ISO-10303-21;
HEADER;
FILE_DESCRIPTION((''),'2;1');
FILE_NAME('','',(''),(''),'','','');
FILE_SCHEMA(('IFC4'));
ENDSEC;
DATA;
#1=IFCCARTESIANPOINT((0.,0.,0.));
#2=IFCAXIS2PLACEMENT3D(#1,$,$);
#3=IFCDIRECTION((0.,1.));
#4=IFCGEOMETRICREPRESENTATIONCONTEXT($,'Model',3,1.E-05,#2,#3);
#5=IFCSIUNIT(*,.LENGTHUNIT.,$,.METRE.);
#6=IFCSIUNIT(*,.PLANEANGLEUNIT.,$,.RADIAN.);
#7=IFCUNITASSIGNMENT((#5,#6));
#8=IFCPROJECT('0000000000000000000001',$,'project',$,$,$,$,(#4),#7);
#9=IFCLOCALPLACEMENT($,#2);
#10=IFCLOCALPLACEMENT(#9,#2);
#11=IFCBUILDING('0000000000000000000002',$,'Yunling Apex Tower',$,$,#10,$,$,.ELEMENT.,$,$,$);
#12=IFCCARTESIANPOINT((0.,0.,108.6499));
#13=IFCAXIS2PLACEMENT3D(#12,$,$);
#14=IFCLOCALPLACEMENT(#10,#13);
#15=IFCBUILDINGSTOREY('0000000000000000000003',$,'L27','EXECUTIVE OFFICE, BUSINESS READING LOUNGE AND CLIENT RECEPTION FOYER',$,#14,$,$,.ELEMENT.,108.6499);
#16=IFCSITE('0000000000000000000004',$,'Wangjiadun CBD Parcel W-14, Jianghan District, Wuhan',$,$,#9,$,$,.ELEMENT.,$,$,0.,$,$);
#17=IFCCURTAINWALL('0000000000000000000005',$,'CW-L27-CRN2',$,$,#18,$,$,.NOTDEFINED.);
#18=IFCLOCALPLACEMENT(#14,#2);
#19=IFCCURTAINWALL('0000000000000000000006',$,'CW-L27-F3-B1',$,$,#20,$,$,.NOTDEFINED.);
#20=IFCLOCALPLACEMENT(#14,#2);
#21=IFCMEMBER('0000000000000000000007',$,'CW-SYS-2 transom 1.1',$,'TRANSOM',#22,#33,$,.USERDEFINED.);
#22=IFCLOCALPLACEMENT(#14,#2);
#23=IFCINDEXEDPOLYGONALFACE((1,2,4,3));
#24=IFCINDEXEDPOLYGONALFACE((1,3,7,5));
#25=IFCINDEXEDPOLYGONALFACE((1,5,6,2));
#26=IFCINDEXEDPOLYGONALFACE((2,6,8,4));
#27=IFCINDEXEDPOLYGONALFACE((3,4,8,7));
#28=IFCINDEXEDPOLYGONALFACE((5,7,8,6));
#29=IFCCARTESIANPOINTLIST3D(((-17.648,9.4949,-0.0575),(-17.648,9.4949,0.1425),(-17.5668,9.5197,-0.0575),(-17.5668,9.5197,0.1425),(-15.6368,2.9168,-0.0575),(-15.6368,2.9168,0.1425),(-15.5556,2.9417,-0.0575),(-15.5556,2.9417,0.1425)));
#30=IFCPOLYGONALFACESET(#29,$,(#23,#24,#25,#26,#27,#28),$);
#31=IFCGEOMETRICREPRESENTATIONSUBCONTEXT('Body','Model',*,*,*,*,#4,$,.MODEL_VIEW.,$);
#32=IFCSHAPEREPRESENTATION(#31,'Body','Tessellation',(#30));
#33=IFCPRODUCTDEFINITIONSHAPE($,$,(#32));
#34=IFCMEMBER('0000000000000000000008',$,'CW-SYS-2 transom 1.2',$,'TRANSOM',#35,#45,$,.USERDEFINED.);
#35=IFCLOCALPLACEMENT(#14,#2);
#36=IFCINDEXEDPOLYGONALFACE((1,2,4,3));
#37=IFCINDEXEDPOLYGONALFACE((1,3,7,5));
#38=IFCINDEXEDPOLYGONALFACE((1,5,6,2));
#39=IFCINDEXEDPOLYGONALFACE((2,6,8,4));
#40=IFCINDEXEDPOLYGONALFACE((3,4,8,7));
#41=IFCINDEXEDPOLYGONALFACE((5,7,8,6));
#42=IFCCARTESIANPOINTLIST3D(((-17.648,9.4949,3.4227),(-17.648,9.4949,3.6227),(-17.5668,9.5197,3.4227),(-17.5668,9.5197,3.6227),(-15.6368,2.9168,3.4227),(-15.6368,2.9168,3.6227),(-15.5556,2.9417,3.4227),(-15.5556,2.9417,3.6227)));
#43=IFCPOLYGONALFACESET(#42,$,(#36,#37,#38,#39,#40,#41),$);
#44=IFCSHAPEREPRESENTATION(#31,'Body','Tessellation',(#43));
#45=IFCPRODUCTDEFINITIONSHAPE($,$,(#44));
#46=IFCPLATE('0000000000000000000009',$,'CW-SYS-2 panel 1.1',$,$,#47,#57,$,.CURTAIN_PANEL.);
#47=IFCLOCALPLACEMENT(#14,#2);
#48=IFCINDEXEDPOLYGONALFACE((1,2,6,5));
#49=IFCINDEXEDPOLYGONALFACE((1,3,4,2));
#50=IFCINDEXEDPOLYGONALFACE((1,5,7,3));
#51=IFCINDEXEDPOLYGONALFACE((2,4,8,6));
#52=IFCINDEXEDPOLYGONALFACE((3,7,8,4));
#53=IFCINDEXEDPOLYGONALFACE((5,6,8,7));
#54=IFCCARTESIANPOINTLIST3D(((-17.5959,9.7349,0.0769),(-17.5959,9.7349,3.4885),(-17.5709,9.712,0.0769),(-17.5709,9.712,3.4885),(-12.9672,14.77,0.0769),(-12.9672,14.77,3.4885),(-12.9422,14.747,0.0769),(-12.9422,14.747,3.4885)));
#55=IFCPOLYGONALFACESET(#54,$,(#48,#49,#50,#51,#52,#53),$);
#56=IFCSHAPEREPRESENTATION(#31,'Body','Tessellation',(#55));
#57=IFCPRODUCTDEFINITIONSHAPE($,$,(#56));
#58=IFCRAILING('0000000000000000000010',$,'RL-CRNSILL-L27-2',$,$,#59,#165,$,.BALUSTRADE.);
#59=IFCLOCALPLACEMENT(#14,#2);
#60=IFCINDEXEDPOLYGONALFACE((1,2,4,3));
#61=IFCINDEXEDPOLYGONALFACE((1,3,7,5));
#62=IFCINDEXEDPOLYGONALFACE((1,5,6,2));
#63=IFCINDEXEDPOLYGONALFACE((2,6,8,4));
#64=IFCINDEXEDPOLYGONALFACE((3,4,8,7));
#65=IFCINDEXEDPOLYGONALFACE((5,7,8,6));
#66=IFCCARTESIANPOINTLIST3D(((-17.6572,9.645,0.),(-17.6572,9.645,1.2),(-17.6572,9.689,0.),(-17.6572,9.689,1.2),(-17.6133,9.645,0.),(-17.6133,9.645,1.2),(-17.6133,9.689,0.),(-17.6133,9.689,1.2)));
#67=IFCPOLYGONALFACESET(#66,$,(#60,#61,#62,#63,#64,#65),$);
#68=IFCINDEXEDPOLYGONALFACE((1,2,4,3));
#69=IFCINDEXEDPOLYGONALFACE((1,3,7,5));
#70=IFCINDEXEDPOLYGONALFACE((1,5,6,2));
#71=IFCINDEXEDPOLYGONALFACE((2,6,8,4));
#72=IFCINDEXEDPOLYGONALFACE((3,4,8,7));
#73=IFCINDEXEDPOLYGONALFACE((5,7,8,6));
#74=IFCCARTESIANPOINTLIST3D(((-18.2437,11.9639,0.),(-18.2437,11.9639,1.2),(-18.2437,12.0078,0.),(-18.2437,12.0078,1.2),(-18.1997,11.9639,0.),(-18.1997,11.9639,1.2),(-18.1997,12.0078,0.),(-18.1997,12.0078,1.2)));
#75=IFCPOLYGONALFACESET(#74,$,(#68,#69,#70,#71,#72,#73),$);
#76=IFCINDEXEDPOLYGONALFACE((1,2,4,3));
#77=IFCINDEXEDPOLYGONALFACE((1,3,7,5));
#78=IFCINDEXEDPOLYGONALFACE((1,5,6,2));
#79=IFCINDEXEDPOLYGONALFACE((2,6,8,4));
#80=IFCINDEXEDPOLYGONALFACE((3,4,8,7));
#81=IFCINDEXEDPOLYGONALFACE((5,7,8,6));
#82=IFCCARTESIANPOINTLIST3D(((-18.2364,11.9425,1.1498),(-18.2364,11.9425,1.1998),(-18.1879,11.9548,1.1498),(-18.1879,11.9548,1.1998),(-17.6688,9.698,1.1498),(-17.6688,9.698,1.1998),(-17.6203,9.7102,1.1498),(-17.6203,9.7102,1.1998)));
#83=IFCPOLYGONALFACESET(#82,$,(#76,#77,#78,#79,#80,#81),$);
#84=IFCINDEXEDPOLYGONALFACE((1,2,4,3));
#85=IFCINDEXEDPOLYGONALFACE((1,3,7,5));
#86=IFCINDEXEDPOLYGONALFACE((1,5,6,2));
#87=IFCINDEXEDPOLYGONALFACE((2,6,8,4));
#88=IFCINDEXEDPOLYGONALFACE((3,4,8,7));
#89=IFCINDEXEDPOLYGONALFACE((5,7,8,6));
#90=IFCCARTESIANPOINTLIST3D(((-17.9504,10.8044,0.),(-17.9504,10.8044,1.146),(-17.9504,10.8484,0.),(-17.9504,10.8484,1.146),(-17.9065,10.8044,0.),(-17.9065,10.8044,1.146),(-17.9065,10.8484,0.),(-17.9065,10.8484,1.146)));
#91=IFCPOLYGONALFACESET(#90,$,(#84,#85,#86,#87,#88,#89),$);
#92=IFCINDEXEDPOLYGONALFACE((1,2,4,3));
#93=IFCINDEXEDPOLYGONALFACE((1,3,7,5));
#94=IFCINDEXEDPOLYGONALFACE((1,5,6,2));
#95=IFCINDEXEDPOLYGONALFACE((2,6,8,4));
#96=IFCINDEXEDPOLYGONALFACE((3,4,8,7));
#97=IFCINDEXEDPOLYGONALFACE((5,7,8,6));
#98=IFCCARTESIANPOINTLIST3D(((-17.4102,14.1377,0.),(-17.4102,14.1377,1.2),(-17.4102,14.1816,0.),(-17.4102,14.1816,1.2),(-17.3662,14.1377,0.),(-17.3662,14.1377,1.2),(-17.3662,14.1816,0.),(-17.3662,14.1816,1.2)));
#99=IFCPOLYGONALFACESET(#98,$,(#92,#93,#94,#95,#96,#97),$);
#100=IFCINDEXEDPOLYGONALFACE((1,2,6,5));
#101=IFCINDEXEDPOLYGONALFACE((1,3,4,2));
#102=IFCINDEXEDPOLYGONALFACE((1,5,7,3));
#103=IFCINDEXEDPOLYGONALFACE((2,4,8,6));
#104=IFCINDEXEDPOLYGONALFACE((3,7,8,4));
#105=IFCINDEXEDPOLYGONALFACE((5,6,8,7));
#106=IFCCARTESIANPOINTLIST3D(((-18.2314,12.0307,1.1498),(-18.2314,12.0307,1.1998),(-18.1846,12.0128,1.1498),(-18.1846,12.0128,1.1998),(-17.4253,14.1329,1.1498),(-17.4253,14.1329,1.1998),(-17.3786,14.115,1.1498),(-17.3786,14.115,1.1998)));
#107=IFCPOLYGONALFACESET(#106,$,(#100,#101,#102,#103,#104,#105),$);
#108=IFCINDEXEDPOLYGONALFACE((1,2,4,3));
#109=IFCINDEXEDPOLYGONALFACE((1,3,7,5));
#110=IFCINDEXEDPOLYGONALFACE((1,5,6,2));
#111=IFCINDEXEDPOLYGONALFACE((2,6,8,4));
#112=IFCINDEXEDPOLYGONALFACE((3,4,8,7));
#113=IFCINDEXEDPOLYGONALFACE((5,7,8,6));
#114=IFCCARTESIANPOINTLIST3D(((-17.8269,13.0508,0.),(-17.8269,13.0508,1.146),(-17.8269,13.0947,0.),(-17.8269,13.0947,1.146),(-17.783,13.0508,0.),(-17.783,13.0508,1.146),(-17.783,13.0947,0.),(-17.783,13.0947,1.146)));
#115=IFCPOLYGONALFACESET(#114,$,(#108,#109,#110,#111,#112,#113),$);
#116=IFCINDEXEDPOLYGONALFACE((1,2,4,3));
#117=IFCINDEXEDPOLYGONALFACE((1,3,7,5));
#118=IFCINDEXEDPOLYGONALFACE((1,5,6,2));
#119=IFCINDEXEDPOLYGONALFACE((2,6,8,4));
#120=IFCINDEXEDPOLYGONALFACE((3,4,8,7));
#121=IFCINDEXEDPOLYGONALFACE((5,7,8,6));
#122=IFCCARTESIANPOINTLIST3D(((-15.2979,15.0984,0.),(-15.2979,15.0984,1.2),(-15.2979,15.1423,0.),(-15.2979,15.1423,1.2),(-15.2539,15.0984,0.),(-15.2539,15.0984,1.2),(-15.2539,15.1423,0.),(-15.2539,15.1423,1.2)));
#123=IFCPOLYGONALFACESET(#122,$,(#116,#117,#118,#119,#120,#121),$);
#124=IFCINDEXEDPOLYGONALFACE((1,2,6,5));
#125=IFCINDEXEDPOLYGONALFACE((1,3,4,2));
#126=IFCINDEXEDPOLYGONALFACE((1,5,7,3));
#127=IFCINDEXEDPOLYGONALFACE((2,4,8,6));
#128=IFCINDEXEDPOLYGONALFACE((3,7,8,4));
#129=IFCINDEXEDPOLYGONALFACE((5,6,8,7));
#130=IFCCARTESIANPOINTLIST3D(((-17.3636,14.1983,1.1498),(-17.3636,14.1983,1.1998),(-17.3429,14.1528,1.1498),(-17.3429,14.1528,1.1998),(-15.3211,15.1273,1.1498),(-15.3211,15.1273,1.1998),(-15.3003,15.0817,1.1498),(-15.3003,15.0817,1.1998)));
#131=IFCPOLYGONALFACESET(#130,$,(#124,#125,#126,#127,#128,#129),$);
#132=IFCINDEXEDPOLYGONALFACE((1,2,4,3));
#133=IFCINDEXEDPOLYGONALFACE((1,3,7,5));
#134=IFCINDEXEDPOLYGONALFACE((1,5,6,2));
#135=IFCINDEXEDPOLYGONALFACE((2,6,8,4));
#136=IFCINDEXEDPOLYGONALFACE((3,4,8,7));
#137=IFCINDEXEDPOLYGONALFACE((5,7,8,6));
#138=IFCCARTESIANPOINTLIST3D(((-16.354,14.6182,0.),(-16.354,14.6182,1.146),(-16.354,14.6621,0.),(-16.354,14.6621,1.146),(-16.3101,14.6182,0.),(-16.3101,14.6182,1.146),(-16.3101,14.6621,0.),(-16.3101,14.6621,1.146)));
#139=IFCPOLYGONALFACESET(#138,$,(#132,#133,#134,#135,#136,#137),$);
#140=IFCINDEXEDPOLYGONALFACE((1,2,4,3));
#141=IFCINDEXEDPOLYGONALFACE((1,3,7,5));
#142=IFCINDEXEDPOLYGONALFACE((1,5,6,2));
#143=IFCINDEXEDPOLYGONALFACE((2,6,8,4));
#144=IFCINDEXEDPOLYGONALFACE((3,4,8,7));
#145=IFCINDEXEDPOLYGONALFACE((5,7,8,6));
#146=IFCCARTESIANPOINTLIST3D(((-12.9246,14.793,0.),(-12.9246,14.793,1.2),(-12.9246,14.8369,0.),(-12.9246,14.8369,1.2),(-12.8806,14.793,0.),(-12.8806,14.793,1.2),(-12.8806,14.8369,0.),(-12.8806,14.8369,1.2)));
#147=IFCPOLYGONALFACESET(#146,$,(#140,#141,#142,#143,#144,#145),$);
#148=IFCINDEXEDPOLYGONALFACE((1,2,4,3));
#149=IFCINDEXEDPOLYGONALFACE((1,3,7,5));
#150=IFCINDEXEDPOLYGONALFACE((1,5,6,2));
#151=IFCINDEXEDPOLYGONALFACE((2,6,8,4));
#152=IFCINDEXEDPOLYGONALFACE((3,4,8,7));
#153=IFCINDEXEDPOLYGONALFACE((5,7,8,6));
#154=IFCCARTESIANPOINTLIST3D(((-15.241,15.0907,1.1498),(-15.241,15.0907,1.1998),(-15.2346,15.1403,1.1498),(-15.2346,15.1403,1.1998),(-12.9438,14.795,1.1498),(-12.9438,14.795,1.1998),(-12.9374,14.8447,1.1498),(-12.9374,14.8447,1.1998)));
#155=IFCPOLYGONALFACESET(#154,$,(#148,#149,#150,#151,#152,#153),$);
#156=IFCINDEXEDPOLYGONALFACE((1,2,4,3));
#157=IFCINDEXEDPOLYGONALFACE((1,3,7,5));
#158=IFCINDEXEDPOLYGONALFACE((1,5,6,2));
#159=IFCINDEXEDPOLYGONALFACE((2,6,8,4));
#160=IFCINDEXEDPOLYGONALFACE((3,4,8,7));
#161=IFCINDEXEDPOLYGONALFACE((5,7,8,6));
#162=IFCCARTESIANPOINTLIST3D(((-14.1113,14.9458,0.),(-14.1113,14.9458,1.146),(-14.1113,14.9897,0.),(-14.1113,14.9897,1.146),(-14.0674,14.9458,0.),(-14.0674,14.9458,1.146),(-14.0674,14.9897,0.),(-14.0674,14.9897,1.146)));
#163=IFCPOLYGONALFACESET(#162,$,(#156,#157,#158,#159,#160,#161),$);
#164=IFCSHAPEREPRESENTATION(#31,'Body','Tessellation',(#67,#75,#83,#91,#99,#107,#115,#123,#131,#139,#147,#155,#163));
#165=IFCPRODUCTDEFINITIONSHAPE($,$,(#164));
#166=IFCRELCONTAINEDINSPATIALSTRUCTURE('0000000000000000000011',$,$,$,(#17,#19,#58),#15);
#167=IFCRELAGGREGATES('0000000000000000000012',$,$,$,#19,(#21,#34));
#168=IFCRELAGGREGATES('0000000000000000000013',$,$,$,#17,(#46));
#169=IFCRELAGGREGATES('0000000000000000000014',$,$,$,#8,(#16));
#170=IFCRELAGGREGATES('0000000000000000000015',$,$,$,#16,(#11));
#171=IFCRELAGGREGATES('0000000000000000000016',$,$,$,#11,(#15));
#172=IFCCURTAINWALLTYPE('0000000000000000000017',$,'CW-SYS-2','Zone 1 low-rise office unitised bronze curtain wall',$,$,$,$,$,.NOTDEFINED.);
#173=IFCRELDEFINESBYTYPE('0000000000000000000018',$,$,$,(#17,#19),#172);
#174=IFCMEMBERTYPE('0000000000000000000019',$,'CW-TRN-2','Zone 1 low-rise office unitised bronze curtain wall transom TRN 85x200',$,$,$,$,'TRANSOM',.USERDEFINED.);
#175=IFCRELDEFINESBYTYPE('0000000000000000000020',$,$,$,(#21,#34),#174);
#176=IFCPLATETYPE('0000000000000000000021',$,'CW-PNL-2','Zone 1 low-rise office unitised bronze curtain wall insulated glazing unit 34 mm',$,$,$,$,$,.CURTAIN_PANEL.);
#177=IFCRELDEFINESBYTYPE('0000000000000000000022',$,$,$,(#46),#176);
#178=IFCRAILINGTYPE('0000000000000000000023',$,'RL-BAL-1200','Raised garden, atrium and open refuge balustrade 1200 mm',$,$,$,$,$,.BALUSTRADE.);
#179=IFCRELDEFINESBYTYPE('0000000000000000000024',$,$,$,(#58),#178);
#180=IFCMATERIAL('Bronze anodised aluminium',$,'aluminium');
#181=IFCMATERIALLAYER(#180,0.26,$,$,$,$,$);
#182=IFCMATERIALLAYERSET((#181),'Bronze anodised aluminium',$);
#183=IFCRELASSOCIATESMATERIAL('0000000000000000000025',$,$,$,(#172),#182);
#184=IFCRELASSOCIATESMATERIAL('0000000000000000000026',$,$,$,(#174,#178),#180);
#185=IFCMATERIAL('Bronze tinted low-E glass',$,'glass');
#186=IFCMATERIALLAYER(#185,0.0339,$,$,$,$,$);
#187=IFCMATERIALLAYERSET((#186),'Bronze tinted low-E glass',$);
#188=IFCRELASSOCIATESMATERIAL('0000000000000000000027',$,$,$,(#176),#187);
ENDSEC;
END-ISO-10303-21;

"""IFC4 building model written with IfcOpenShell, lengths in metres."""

from ifc_helpers import new_model, si_unit, direction, frame, origin, origin_2d, place, context, subcontext, project, spatial, rectangle, extrude, source, transform, mapped, material, layer, layer_set, material_profile, profile_set, type_object, element, aggregate, save


model = new_model("IFC4")

# Units and contexts
model_context = context("Model", 3, precision=1e-05, world=origin(), true_north=direction((0.0, 1.0)))
body_context = subcontext(model_context, "Body", "Model", "MODEL_VIEW")
ifc_project = project(units=[si_unit("LENGTHUNIT", "METRE"), si_unit("PLANEANGLEUNIT", "RADIAN")], contexts=[model_context])

# Site, building, storey
site_placement = place(None, origin())
site = spatial("IfcSite", under=ifc_project, at=site_placement, Name="Wangjiadun CBD Parcel W-14, Jianghan District, Wuhan", CompositionType="ELEMENT", RefElevation=0.0)
building_placement = place(site_placement, origin())
building = spatial("IfcBuilding", under=site, at=building_placement, Name="Yunling Apex Tower", CompositionType="ELEMENT")
storey_placement = place(building_placement, frame((0.0, 0.0, 108.6499)))
storey = spatial("IfcBuildingStorey", under=building, at=storey_placement, Name="L27", Description="EXECUTIVE OFFICE, BUSINESS READING LOUNGE AND CLIENT RECEPTION FOYER", CompositionType="ELEMENT", Elevation=108.6499)

# Shared definitions
ifc_material_1 = material(Name="Bronze anodised aluminium", Category="aluminium")
ifc_layer_1 = layer(ifc_material_1, 0.26)
ifc_layer_set_1 = layer_set([ifc_layer_1], Name="Bronze anodised aluminium")
curtain_wall_type = type_object("IfcCurtainWallType", Name="CW-SYS-2", Description="Zone 1 low-rise office unitised bronze curtain wall", PredefinedType="NOTDEFINED", material=ifc_layer_set_1)

# Curtain wall
curtain_wall_1_placement = place(storey_placement, origin())
curtain_wall_1 = element("IfcCurtainWall", 1, at=curtain_wall_1_placement, inside=storey, type_object=curtain_wall_type, Name="CW-L27-CRN2", PredefinedType="NOTDEFINED")

# Curtain wall
curtain_wall_2_placement = place(storey_placement, origin())
curtain_wall_2 = element("IfcCurtainWall", 2, at=curtain_wall_2_placement, inside=storey, type_object=curtain_wall_type, Name="CW-L27-F3-B1", PredefinedType="NOTDEFINED")

# Members
ifc_material_profile_1 = material_profile(ifc_material_1, rectangle(XDim=0.085, YDim=0.2, at=origin_2d()))
ifc_profile_set_1 = profile_set([ifc_material_profile_1], Name="Bronze anodised aluminium")
member_type_1 = type_object("IfcMemberType", Name="CW-TRN-2", Description="Zone 1 low-rise office unitised bronze curtain wall transom TRN 85x200", ElementType="TRANSOM", PredefinedType="USERDEFINED", material=ifc_profile_set_1)
shared_shape_1 = source(origin(), body_context, "Body", "SweptSolid", [
    extrude(rectangle(XDim=0.085, YDim=0.2, at=origin_2d()), origin(), (0.0, 0.0, 1.0), 6.8787),
])
member_1_placement = place(storey_placement, frame((-17.6074, 9.5073, 0.0425), z_axis=(0.292384, -0.956301, 0.0), x_axis=(0.956301, 0.292384, 0.0)))
member_1 = element("IfcMember", 3, at=member_1_placement, type_object=member_type_1, Name="CW-SYS-2 transom 1.1", ObjectType="TRANSOM", PredefinedType="USERDEFINED", context=body_context, shape_type="MappedRepresentation", body=[
    mapped(shared_shape_1, transform((0.0, 0.0, 0.0), scale=1.0)),
])
member_2_placement = place(storey_placement, frame((-17.6074, 9.5073, 3.5227), z_axis=(0.292384, -0.956301, 0.0), x_axis=(0.956301, 0.292384, 0.0)))
member_2 = element("IfcMember", 4, at=member_2_placement, type_object=member_type_1, Name="CW-SYS-2 transom 1.2", ObjectType="TRANSOM", PredefinedType="USERDEFINED", context=body_context, shape_type="MappedRepresentation", body=[
    mapped(shared_shape_1, transform((0.0, 0.0, 0.0), scale=1.0)),
])
aggregate(curtain_wall_2, [member_1, member_2])

# Plate
ifc_material_2 = material(Name="Bronze tinted low-E glass", Category="glass")
ifc_layer_2 = layer(ifc_material_2, 0.0339)
ifc_layer_set_2 = layer_set([ifc_layer_2], Name="Bronze tinted low-E glass")
plate_type = type_object("IfcPlateType", Name="CW-PNL-2", Description="Zone 1 low-rise office unitised bronze curtain wall insulated glazing unit 34 mm", PredefinedType="CURTAIN_PANEL", material=ifc_layer_set_2)
shared_shape_2 = source(origin(), body_context, "Body", "SweptSolid", [
    extrude(rectangle(XDim=6.8394, YDim=0.0339, at=origin_2d()), origin(), (0.0, 0.0, 1.0), 3.4116),
])
plate_placement = place(storey_placement, frame((-15.269, 12.241, 0.0769), z_axis=(0.0, 0.0, 1.0), x_axis=(-0.676781, -0.736185, 0.0)))
plate = element("IfcPlate", 5, at=plate_placement, type_object=plate_type, Name="CW-SYS-2 panel 1.1", PredefinedType="CURTAIN_PANEL", context=body_context, shape_type="MappedRepresentation", body=[
    mapped(shared_shape_2, transform((0.0, 0.0, 0.0), scale=1.0)),
])
aggregate(curtain_wall_1, [plate])

# Railing
railing_type = type_object("IfcRailingType", Name="RL-BAL-1200", Description="Raised garden, atrium and open refuge balustrade 1200 mm", PredefinedType="BALUSTRADE", material=ifc_material_1)
railing_placement = place(storey_placement, frame((-17.6353, 9.667, 0.0)))
element("IfcRailing", 6, at=railing_placement, inside=storey, type_object=railing_type, Name="RL-CRNSILL-L27-2", PredefinedType="BALUSTRADE", context=body_context, shape_type="SweptSolid", body=[
    extrude(rectangle(XDim=0.0439, YDim=0.0439, at=origin_2d()), origin(), (0.0, 0.0, 1.0), 1.2),
    extrude(rectangle(XDim=0.0439, YDim=0.0439, at=origin_2d()), frame((-0.5864, 2.3188, 0.0)), (0.0, 0.0, 1.0), 1.2),
    extrude(rectangle(XDim=0.05, YDim=0.05, at=origin_2d()), frame((-0.0093, 0.0371, 1.1748), z_axis=(-0.245177, 0.969478, 0.0), x_axis=(-0.969478, -0.245177, 0.0)), (0.0, 0.0, 1.0), 2.3152),
    extrude(rectangle(XDim=0.0439, YDim=0.0439, at=origin_2d()), frame((-0.2932, 1.1594, 0.0)), (0.0, 0.0, 1.0), 1.146),
    extrude(rectangle(XDim=0.0439, YDim=0.0439, at=origin_2d()), frame((0.2471, 4.4927, 0.0)), (0.0, 0.0, 1.0), 1.2),
    extrude(rectangle(XDim=0.05, YDim=0.05, at=origin_2d()), frame((-0.5728, 2.3547, 1.1748), z_axis=(0.358009, 0.933718, 0.0), x_axis=(-0.933718, 0.358009, 0.0)), (0.0, 0.0, 1.0), 2.2515),
    extrude(rectangle(XDim=0.0439, YDim=0.0439, at=origin_2d()), frame((-0.1697, 3.4058, 0.0)), (0.0, 0.0, 1.0), 1.146),
    extrude(rectangle(XDim=0.0439, YDim=0.0439, at=origin_2d()), frame((2.3594, 5.4534, 0.0)), (0.0, 0.0, 1.0), 1.2),
    extrude(rectangle(XDim=0.05, YDim=0.05, at=origin_2d()), frame((0.282, 4.5085, 1.1748), z_axis=(0.910276, 0.414001, 0.0), x_axis=(-0.414001, 0.910276, 0.0)), (0.0, 0.0, 1.0), 2.2439),
    extrude(rectangle(XDim=0.0439, YDim=0.0439, at=origin_2d()), frame((1.3032, 4.9731, 0.0)), (0.0, 0.0, 1.0), 1.146),
    extrude(rectangle(XDim=0.0439, YDim=0.0439, at=origin_2d()), frame((4.7327, 5.1479, 0.0)), (0.0, 0.0, 1.0), 1.2),
    extrude(rectangle(XDim=0.05, YDim=0.05, at=origin_2d()), frame((2.3975, 5.4485, 1.1748), z_axis=(0.991821, -0.127638, 0.0), x_axis=(0.127638, 0.991821, 0.0)), (0.0, 0.0, 1.0), 2.3162),
    extrude(rectangle(XDim=0.0439, YDim=0.0439, at=origin_2d()), frame((3.5459, 5.3008, 0.0)), (0.0, 0.0, 1.0), 1.146),
])

save(model, "model.ifc")
